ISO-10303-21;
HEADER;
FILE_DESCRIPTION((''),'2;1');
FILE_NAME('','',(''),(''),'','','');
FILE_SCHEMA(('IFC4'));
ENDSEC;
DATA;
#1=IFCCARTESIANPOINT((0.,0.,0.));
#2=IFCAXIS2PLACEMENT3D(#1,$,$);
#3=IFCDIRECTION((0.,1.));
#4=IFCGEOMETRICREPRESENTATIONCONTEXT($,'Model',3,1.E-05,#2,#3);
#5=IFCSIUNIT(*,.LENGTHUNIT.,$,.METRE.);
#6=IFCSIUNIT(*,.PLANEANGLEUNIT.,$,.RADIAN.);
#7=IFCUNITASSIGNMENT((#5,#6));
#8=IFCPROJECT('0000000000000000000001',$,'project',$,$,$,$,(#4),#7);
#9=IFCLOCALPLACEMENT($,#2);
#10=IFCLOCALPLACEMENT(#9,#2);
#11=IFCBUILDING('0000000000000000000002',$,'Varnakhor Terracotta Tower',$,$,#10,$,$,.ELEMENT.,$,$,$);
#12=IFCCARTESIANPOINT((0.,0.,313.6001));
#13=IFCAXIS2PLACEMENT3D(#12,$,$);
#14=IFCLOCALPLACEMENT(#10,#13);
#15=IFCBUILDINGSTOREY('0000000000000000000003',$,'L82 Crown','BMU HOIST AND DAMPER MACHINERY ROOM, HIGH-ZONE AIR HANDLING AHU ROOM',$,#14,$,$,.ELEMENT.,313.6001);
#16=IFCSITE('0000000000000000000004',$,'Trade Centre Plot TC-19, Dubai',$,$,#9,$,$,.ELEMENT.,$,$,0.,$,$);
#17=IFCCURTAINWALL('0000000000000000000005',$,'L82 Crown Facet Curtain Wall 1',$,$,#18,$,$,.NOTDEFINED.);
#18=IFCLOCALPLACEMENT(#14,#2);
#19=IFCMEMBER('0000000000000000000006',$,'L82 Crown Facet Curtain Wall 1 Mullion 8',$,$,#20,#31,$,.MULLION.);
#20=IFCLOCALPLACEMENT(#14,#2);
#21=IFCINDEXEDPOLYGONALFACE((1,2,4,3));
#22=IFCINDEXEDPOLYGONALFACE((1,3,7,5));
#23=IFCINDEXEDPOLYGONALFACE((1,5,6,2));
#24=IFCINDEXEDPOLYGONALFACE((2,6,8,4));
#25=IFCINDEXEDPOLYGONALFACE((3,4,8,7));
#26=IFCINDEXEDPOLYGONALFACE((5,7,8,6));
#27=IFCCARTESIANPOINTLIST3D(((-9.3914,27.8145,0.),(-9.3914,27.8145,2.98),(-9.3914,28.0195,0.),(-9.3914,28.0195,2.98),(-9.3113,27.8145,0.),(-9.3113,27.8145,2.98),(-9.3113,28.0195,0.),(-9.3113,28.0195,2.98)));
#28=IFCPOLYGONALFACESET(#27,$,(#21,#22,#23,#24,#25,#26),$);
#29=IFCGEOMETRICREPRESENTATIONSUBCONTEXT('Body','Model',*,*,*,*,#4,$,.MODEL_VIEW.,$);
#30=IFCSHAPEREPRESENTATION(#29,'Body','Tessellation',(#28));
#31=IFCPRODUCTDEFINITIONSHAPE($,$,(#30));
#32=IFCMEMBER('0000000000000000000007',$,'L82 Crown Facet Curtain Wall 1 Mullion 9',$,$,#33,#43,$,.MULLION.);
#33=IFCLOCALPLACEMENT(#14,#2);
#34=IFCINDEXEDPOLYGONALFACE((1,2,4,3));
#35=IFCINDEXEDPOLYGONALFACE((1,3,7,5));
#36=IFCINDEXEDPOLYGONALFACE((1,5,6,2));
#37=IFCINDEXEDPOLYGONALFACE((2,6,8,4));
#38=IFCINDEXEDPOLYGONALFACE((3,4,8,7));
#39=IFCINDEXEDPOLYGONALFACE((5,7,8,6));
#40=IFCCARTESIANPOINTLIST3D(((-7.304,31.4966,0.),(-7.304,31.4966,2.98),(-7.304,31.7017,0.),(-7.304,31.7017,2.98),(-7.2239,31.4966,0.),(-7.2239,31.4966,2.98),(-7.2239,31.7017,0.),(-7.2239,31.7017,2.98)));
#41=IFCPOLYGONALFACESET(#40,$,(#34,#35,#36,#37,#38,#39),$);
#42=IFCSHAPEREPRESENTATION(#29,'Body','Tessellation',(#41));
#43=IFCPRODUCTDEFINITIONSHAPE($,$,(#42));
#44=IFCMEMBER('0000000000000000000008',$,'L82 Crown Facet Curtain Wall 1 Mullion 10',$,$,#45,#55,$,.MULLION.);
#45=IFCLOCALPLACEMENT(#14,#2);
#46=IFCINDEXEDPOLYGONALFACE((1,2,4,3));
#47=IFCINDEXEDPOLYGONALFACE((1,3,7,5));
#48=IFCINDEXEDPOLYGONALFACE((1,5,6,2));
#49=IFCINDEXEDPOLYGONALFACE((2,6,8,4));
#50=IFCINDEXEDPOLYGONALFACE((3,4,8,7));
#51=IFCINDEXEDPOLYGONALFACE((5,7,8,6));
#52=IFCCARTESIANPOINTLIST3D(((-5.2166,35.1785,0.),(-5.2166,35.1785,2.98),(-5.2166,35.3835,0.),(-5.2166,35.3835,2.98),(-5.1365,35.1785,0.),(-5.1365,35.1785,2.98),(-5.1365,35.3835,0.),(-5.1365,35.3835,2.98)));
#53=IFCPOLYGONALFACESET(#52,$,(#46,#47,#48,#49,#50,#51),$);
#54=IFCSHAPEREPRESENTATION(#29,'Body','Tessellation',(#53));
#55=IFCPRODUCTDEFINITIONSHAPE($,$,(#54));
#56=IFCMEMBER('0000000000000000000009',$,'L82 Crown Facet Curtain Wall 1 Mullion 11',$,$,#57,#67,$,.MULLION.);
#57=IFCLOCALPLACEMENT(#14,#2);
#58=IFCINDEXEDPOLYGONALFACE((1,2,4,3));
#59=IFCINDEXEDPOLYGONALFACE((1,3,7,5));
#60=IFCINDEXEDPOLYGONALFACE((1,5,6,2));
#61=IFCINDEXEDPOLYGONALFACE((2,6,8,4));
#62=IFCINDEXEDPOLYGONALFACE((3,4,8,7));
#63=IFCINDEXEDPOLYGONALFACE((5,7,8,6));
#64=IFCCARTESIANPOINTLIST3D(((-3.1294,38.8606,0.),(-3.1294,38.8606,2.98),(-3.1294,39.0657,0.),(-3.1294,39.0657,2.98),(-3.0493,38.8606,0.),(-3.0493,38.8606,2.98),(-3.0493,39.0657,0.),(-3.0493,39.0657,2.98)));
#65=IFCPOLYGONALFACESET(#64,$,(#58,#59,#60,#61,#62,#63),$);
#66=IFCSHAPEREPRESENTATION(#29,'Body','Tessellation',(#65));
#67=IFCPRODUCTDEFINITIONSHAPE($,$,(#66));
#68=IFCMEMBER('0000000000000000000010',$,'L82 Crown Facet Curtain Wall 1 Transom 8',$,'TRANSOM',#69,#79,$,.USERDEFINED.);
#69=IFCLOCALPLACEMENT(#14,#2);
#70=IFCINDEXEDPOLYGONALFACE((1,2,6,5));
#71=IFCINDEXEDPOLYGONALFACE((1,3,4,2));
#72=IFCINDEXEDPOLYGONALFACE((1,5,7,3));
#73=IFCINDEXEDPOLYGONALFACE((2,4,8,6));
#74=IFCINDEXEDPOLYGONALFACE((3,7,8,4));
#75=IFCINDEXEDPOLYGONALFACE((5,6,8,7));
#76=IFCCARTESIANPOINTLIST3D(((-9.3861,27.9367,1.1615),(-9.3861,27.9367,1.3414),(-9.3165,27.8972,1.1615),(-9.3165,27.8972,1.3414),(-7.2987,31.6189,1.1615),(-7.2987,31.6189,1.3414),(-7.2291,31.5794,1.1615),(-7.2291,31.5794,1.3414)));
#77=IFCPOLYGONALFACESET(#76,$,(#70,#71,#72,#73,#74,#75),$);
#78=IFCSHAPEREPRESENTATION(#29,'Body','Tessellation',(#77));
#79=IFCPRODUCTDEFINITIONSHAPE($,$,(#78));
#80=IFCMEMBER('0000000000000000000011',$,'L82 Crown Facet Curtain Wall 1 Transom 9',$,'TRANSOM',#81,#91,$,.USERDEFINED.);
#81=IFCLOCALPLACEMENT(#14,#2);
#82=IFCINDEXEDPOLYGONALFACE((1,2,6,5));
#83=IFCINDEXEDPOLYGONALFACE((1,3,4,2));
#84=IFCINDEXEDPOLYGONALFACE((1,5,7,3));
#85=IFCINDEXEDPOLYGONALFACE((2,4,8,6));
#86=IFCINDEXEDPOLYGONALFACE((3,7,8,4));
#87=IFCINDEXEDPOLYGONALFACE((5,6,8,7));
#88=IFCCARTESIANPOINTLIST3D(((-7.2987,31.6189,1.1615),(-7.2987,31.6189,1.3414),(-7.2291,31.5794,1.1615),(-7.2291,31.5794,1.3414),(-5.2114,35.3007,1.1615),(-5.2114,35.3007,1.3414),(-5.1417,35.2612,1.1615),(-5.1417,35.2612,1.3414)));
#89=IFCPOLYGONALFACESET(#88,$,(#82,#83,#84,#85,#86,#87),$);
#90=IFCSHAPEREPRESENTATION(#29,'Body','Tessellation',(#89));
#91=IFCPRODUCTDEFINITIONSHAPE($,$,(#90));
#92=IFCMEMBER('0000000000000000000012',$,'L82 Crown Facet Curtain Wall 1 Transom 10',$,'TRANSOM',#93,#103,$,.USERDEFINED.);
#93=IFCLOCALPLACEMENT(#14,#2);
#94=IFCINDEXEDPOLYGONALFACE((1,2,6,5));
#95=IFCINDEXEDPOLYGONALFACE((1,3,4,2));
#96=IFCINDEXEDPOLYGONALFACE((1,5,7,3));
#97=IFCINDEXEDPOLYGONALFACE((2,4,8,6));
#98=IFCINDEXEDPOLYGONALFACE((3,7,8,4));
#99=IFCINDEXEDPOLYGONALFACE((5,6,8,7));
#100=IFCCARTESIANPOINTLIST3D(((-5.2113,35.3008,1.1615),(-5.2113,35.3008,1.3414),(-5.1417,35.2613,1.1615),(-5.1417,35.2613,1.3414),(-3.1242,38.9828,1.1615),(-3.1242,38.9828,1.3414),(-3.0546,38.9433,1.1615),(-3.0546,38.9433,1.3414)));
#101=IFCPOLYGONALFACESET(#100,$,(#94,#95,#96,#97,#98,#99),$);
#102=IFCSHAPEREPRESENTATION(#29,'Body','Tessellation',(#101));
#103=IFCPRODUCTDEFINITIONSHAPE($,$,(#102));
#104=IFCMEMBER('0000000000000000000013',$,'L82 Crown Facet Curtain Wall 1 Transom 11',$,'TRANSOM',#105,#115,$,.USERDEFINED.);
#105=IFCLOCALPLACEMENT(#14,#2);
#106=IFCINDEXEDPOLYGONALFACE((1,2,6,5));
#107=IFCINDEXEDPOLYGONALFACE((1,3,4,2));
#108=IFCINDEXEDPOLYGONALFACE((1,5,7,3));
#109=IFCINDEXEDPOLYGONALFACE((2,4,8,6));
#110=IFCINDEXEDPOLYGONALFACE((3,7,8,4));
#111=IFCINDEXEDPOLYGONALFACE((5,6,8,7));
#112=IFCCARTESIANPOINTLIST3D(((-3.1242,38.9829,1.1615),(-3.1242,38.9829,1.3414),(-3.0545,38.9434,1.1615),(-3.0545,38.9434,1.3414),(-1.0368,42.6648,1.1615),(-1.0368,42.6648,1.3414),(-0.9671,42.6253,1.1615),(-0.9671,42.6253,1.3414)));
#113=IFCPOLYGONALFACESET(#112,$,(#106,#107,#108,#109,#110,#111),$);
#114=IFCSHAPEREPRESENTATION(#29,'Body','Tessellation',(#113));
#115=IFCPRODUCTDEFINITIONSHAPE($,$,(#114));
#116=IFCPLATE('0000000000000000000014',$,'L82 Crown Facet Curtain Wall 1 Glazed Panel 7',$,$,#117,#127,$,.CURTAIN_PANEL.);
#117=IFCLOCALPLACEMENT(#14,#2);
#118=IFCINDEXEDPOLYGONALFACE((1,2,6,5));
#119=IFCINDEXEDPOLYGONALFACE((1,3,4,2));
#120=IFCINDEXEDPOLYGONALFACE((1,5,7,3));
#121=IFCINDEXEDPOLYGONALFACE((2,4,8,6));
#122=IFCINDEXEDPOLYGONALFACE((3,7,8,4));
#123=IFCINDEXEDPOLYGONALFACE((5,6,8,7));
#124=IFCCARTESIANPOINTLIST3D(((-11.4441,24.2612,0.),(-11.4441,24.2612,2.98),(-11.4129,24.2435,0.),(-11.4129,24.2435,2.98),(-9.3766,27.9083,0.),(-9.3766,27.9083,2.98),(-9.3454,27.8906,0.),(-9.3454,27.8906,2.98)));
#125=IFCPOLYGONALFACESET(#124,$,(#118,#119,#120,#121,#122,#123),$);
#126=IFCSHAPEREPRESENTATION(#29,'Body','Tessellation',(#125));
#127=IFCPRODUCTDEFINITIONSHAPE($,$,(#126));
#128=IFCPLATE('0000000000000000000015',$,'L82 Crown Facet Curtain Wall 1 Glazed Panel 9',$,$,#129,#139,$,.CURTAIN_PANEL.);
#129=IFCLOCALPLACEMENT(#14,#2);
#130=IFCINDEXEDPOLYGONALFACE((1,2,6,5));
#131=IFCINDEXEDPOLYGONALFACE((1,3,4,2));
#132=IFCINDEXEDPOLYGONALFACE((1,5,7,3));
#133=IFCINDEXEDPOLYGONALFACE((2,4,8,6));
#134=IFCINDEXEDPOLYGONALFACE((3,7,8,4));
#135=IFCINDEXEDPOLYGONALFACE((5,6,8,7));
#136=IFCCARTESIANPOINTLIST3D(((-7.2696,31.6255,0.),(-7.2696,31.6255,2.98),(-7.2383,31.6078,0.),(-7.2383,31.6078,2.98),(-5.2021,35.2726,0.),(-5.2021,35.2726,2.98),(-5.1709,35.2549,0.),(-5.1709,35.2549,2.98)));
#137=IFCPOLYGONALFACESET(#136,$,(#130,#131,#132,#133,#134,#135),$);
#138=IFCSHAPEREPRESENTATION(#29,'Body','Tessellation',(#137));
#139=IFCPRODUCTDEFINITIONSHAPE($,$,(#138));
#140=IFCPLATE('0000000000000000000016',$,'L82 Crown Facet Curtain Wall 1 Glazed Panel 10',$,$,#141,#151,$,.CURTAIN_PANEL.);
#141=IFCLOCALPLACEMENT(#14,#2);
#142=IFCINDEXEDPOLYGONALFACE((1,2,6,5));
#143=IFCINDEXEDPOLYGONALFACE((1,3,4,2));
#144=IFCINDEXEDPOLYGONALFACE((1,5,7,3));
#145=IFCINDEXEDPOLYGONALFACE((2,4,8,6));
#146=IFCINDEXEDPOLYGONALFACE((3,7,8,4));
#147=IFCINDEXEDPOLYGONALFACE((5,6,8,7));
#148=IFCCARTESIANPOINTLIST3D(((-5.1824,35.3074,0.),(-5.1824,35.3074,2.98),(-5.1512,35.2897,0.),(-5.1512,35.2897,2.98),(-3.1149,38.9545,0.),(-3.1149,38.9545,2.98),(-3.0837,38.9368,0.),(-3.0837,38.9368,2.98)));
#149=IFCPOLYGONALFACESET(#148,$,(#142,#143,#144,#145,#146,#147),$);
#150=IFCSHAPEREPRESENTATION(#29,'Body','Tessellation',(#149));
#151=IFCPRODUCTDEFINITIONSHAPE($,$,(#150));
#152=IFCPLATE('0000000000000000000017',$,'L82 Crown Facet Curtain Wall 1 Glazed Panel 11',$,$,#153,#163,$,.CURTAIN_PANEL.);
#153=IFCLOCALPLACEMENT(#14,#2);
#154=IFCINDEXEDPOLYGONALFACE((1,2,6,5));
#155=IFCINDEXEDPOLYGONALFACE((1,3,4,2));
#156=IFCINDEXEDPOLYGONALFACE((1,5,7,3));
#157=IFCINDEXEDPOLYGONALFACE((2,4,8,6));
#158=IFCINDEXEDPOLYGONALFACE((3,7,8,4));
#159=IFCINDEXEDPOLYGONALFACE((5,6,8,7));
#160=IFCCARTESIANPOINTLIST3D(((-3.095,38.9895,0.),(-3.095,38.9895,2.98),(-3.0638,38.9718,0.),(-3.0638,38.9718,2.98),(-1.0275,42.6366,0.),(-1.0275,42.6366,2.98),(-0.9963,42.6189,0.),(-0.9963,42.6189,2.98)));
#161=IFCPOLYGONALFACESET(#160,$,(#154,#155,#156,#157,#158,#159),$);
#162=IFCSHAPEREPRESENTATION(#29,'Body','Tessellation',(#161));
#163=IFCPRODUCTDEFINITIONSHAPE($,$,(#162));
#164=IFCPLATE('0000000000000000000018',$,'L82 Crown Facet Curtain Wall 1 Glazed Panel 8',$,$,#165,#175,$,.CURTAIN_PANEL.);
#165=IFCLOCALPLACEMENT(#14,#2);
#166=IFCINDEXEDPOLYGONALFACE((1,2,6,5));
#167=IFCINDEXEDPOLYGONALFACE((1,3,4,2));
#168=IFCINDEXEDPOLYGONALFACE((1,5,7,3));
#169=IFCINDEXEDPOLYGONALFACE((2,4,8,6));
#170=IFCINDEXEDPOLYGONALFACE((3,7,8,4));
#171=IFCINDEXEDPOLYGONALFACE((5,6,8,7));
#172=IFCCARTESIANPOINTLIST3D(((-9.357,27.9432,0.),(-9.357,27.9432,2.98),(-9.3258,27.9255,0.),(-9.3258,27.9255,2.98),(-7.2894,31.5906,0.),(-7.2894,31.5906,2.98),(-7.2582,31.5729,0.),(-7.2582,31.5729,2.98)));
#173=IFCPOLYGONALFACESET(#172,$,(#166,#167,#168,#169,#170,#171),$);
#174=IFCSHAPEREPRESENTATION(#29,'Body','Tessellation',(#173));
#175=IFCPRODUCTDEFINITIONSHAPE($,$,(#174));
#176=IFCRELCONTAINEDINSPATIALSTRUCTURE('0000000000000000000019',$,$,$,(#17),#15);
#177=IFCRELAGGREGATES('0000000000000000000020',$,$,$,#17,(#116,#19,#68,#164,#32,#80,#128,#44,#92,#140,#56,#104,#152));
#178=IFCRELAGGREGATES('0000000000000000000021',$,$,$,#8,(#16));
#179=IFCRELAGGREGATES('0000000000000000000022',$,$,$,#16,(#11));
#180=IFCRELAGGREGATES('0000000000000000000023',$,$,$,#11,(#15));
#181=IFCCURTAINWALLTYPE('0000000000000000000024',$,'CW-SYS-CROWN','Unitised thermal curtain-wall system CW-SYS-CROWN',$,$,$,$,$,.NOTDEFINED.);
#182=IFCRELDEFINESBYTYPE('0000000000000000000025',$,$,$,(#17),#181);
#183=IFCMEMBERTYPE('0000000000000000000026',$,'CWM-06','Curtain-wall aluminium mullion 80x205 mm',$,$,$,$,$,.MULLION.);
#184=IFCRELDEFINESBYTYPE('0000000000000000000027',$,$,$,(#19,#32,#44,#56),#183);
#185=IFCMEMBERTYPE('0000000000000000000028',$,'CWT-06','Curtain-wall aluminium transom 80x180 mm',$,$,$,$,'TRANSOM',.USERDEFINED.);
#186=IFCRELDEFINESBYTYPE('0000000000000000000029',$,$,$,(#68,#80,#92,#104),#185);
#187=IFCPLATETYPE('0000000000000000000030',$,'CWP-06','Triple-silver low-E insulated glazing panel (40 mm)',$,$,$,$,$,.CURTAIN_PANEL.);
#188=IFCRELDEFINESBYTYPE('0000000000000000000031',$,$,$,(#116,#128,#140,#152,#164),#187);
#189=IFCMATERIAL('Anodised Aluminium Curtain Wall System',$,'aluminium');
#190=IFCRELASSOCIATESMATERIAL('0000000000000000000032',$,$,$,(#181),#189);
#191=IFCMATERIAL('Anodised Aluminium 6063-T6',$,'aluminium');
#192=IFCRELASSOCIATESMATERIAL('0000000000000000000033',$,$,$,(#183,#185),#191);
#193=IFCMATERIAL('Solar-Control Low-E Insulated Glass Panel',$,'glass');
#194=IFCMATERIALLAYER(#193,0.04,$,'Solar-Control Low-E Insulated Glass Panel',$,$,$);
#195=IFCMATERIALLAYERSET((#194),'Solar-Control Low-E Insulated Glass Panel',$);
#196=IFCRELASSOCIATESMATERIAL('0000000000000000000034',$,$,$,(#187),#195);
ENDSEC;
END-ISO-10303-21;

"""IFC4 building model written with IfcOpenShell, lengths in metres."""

from ifc_helpers import new_model, si_unit, direction, frame, origin, origin_2d, place, context, subcontext, project, spatial, rectangle, extrude, source, transform, mapped, material, layer, layer_set, material_profile, profile_set, type_object, type_shapes, element, aggregate, save


model = new_model("IFC4")

# Units and contexts
model_context = context("Model", 3, precision=1e-05, world=origin(), true_north=direction((0.0, 1.0)))
body_context = subcontext(model_context, "Body", "Model", "MODEL_VIEW")
ifc_project = project(units=[si_unit("LENGTHUNIT", "METRE"), si_unit("PLANEANGLEUNIT", "RADIAN")], contexts=[model_context])

# Site, building, storey
site_placement = place(None, origin())
site = spatial("IfcSite", under=ifc_project, at=site_placement, Name="Trade Centre Plot TC-19, Dubai", CompositionType="ELEMENT", RefElevation=0.0)
building_placement = place(site_placement, origin())
building = spatial("IfcBuilding", under=site, at=building_placement, Name="Varnakhor Terracotta Tower", CompositionType="ELEMENT")
storey_placement = place(building_placement, frame((0.0, 0.0, 313.6001)))
storey = spatial("IfcBuildingStorey", under=building, at=storey_placement, Name="L82 Crown", Description="BMU HOIST AND DAMPER MACHINERY ROOM, HIGH-ZONE AIR HANDLING AHU ROOM", CompositionType="ELEMENT", Elevation=313.6001)

# Curtain wall, members, plates
ifc_material_1 = material(Name="Anodised Aluminium Curtain Wall System", Category="aluminium")
curtain_wall_type = type_object("IfcCurtainWallType", Name="CW-SYS-CROWN", Description="Unitised thermal curtain-wall system CW-SYS-CROWN", PredefinedType="NOTDEFINED", material=ifc_material_1)
curtain_wall_placement = place(storey_placement, origin())
curtain_wall = element("IfcCurtainWall", 1, at=curtain_wall_placement, inside=storey, type_object=curtain_wall_type, Name="L82 Crown Facet Curtain Wall 1", PredefinedType="NOTDEFINED")
ifc_material_2 = material(Name="Anodised Aluminium 6063-T6", Category="aluminium")
ifc_material_profile_1 = material_profile(ifc_material_2, rectangle(XDim=0.0801, YDim=0.2051, at=origin_2d()), Name="ALU MULLION 80x205")
ifc_profile_set_1 = profile_set([ifc_material_profile_1], Name="Anodised Aluminium 6063-T6")
member_type_1 = type_object("IfcMemberType", Name="CWM-06", Description="Curtain-wall aluminium mullion 80x205 mm", PredefinedType="MULLION", material=ifc_profile_set_1)
shared_shape_1 = source(origin(), body_context, "Body", "SweptSolid", [
    extrude(rectangle(XDim=0.0801, YDim=0.2051, at=origin_2d()), origin(), (0.0, 0.0, 1.0), 2.98),
])
type_shapes(member_type_1, [shared_shape_1])
member_1_placement = place(storey_placement, frame((-9.3513, 27.917, 0.0), z_axis=(0.0, 0.0, 1.0), x_axis=(1.0, 0.0, 0.0)))
member_1 = element("IfcMember", 2, at=member_1_placement, type_object=member_type_1, Name="L82 Crown Facet Curtain Wall 1 Mullion 8", PredefinedType="MULLION", context=body_context, shape_type="MappedRepresentation", body=[
    mapped(shared_shape_1, transform((0.0, 0.0, 0.0), scale=1.0)),
])
member_2_placement = place(storey_placement, frame((-7.2639, 31.5991, 0.0), z_axis=(0.0, 0.0, 1.0), x_axis=(1.0, 0.0, 0.0)))
member_2 = element("IfcMember", 3, at=member_2_placement, type_object=member_type_1, Name="L82 Crown Facet Curtain Wall 1 Mullion 9", PredefinedType="MULLION", context=body_context, shape_type="MappedRepresentation", body=[
    mapped(shared_shape_1, transform((0.0, 0.0, 0.0), scale=1.0)),
])
member_3_placement = place(storey_placement, frame((-5.1765, 35.281, 0.0), z_axis=(0.0, 0.0, 1.0), x_axis=(1.0, 0.0, 0.0)))
member_3 = element("IfcMember", 4, at=member_3_placement, type_object=member_type_1, Name="L82 Crown Facet Curtain Wall 1 Mullion 10", PredefinedType="MULLION", context=body_context, shape_type="MappedRepresentation", body=[
    mapped(shared_shape_1, transform((0.0, 0.0, 0.0), scale=1.0)),
])
member_4_placement = place(storey_placement, frame((-3.0894, 38.9631, 0.0), z_axis=(0.0, 0.0, 1.0), x_axis=(1.0, 0.0, 0.0)))
member_4 = element("IfcMember", 5, at=member_4_placement, type_object=member_type_1, Name="L82 Crown Facet Curtain Wall 1 Mullion 11", PredefinedType="MULLION", context=body_context, shape_type="MappedRepresentation", body=[
    mapped(shared_shape_1, transform((0.0, 0.0, 0.0), scale=1.0)),
])
ifc_material_profile_2 = material_profile(ifc_material_2, rectangle(XDim=0.0801, YDim=0.1799, at=origin_2d()), Name="ALU TRANSOM 80x180")
ifc_profile_set_2 = profile_set([ifc_material_profile_2], Name="Anodised Aluminium 6063-T6")
member_type_2 = type_object("IfcMemberType", Name="CWT-06", Description="Curtain-wall aluminium transom 80x180 mm", ElementType="TRANSOM", PredefinedType="USERDEFINED", material=ifc_profile_set_2)
shared_shape_2 = source(origin(), body_context, "Body", "SweptSolid", [
    extrude(rectangle(XDim=0.0801, YDim=0.1799, at=origin_2d()), origin(), (0.0, 0.0, 1.0), 4.2327),
])
member_5_placement = place(storey_placement, frame((-9.3513, 27.917, 1.2515), z_axis=(0.493167, 0.869935, 0.0), x_axis=(-0.869935, 0.493167, 0.0)))
member_5 = element("IfcMember", 6, at=member_5_placement, type_object=member_type_2, Name="L82 Crown Facet Curtain Wall 1 Transom 8", ObjectType="TRANSOM", PredefinedType="USERDEFINED", context=body_context, shape_type="MappedRepresentation", body=[
    mapped(shared_shape_2, transform((0.0, 0.0, 0.0), scale=1.0)),
])
shared_shape_3 = source(origin(), body_context, "Body", "SweptSolid", [
    extrude(rectangle(XDim=0.0801, YDim=0.1799, at=origin_2d()), origin(), (0.0, 0.0, 1.0), 4.2324),
])
member_6_placement = place(storey_placement, frame((-7.2639, 31.5991, 1.2515), z_axis=(0.493192, 0.869921, 0.0), x_axis=(-0.869921, 0.493192, 0.0)))
member_6 = element("IfcMember", 7, at=member_6_placement, type_object=member_type_2, Name="L82 Crown Facet Curtain Wall 1 Transom 9", ObjectType="TRANSOM", PredefinedType="USERDEFINED", context=body_context, shape_type="MappedRepresentation", body=[
    mapped(shared_shape_3, transform((0.0, 0.0, 0.0), scale=1.0)),
])
member_7_placement = place(storey_placement, frame((-5.1765, 35.281, 1.2515), z_axis=(0.493123, 0.86996, 0.0), x_axis=(-0.86996, 0.493123, 0.0)))
member_7 = element("IfcMember", 8, at=member_7_placement, type_object=member_type_2, Name="L82 Crown Facet Curtain Wall 1 Transom 10", ObjectType="TRANSOM", PredefinedType="USERDEFINED", context=body_context, shape_type="MappedRepresentation", body=[
    mapped(shared_shape_3, transform((0.0, 0.0, 0.0), scale=1.0)),
])
member_8_placement = place(storey_placement, frame((-3.0894, 38.9631, 1.2515), z_axis=(0.493192, 0.869921, 0.0), x_axis=(-0.869921, 0.493192, 0.0)))
member_8 = element("IfcMember", 9, at=member_8_placement, type_object=member_type_2, Name="L82 Crown Facet Curtain Wall 1 Transom 11", ObjectType="TRANSOM", PredefinedType="USERDEFINED", context=body_context, shape_type="MappedRepresentation", body=[
    mapped(shared_shape_3, transform((0.0, 0.0, 0.0), scale=1.0)),
])
ifc_material_3 = material(Name="Solar-Control Low-E Insulated Glass Panel", Category="glass")
ifc_layer_1 = layer(ifc_material_3, 0.04, Name="Solar-Control Low-E Insulated Glass Panel")
ifc_layer_set_1 = layer_set([ifc_layer_1], Name="Solar-Control Low-E Insulated Glass Panel")
plate_type = type_object("IfcPlateType", Name="CWP-06", Description="Triple-silver low-E insulated glazing panel (40 mm)", PredefinedType="CURTAIN_PANEL", material=ifc_layer_set_1)
shared_shape_4 = source(origin(), body_context, "Body", "SweptSolid", [
    extrude(rectangle(XDim=4.1924, YDim=0.0359, at=origin_2d()), origin(), (0.0, 0.0, 1.0), 2.98),
])
plate_1_placement = place(storey_placement, frame((-10.3948, 26.0759, 0.0), z_axis=(0.0, 0.0, 1.0), x_axis=(0.493153, 0.869943, 0.0)))
plate_1 = element("IfcPlate", 10, at=plate_1_placement, type_object=plate_type, Name="L82 Crown Facet Curtain Wall 1 Glazed Panel 7", PredefinedType="CURTAIN_PANEL", context=body_context, shape_type="MappedRepresentation", body=[
    mapped(shared_shape_4, transform((0.0, 0.0, 0.0), scale=1.0)),
])
plate_2_placement = place(storey_placement, frame((-6.2202, 33.4402, 0.0), z_axis=(0.0, 0.0, 1.0), x_axis=(0.493153, 0.869943, 0.0)))
plate_2 = element("IfcPlate", 11, at=plate_2_placement, type_object=plate_type, Name="L82 Crown Facet Curtain Wall 1 Glazed Panel 9", PredefinedType="CURTAIN_PANEL", context=body_context, shape_type="MappedRepresentation", body=[
    mapped(shared_shape_4, transform((0.0, 0.0, 0.0), scale=1.0)),
])
plate_3_placement = place(storey_placement, frame((-4.1331, 37.1221, 0.0), z_axis=(0.0, 0.0, 1.0), x_axis=(0.493153, 0.869943, 0.0)))
plate_3 = element("IfcPlate", 12, at=plate_3_placement, type_object=plate_type, Name="L82 Crown Facet Curtain Wall 1 Glazed Panel 10", PredefinedType="CURTAIN_PANEL", context=body_context, shape_type="MappedRepresentation", body=[
    mapped(shared_shape_4, transform((0.0, 0.0, 0.0), scale=1.0)),
])
plate_4_placement = place(storey_placement, frame((-2.0457, 40.8042, 0.0), z_axis=(0.0, 0.0, 1.0), x_axis=(0.493153, 0.869943, 0.0)))
plate_4 = element("IfcPlate", 13, at=plate_4_placement, type_object=plate_type, Name="L82 Crown Facet Curtain Wall 1 Glazed Panel 11", PredefinedType="CURTAIN_PANEL", context=body_context, shape_type="MappedRepresentation", body=[
    mapped(shared_shape_4, transform((0.0, 0.0, 0.0), scale=1.0)),
])
shared_shape_5 = source(origin(), body_context, "Body", "SweptSolid", [
    extrude(rectangle(XDim=4.1926, YDim=0.0359, at=origin_2d()), origin(), (0.0, 0.0, 1.0), 2.98),
])
plate_5_placement = place(storey_placement, frame((-8.3076, 29.7581, 0.0), z_axis=(0.0, 0.0, 1.0), x_axis=(0.493153, 0.869943, 0.0)))
plate_5 = element("IfcPlate", 14, at=plate_5_placement, type_object=plate_type, Name="L82 Crown Facet Curtain Wall 1 Glazed Panel 8", PredefinedType="CURTAIN_PANEL", context=body_context, shape_type="MappedRepresentation", body=[
    mapped(shared_shape_5, transform((0.0, 0.0, 0.0), scale=1.0)),
])
aggregate(curtain_wall, [plate_1, member_1, member_5, plate_5, member_2, member_6, plate_2, member_3, member_7, plate_3, member_4, member_8, plate_4])

save(model, "model.ifc")
